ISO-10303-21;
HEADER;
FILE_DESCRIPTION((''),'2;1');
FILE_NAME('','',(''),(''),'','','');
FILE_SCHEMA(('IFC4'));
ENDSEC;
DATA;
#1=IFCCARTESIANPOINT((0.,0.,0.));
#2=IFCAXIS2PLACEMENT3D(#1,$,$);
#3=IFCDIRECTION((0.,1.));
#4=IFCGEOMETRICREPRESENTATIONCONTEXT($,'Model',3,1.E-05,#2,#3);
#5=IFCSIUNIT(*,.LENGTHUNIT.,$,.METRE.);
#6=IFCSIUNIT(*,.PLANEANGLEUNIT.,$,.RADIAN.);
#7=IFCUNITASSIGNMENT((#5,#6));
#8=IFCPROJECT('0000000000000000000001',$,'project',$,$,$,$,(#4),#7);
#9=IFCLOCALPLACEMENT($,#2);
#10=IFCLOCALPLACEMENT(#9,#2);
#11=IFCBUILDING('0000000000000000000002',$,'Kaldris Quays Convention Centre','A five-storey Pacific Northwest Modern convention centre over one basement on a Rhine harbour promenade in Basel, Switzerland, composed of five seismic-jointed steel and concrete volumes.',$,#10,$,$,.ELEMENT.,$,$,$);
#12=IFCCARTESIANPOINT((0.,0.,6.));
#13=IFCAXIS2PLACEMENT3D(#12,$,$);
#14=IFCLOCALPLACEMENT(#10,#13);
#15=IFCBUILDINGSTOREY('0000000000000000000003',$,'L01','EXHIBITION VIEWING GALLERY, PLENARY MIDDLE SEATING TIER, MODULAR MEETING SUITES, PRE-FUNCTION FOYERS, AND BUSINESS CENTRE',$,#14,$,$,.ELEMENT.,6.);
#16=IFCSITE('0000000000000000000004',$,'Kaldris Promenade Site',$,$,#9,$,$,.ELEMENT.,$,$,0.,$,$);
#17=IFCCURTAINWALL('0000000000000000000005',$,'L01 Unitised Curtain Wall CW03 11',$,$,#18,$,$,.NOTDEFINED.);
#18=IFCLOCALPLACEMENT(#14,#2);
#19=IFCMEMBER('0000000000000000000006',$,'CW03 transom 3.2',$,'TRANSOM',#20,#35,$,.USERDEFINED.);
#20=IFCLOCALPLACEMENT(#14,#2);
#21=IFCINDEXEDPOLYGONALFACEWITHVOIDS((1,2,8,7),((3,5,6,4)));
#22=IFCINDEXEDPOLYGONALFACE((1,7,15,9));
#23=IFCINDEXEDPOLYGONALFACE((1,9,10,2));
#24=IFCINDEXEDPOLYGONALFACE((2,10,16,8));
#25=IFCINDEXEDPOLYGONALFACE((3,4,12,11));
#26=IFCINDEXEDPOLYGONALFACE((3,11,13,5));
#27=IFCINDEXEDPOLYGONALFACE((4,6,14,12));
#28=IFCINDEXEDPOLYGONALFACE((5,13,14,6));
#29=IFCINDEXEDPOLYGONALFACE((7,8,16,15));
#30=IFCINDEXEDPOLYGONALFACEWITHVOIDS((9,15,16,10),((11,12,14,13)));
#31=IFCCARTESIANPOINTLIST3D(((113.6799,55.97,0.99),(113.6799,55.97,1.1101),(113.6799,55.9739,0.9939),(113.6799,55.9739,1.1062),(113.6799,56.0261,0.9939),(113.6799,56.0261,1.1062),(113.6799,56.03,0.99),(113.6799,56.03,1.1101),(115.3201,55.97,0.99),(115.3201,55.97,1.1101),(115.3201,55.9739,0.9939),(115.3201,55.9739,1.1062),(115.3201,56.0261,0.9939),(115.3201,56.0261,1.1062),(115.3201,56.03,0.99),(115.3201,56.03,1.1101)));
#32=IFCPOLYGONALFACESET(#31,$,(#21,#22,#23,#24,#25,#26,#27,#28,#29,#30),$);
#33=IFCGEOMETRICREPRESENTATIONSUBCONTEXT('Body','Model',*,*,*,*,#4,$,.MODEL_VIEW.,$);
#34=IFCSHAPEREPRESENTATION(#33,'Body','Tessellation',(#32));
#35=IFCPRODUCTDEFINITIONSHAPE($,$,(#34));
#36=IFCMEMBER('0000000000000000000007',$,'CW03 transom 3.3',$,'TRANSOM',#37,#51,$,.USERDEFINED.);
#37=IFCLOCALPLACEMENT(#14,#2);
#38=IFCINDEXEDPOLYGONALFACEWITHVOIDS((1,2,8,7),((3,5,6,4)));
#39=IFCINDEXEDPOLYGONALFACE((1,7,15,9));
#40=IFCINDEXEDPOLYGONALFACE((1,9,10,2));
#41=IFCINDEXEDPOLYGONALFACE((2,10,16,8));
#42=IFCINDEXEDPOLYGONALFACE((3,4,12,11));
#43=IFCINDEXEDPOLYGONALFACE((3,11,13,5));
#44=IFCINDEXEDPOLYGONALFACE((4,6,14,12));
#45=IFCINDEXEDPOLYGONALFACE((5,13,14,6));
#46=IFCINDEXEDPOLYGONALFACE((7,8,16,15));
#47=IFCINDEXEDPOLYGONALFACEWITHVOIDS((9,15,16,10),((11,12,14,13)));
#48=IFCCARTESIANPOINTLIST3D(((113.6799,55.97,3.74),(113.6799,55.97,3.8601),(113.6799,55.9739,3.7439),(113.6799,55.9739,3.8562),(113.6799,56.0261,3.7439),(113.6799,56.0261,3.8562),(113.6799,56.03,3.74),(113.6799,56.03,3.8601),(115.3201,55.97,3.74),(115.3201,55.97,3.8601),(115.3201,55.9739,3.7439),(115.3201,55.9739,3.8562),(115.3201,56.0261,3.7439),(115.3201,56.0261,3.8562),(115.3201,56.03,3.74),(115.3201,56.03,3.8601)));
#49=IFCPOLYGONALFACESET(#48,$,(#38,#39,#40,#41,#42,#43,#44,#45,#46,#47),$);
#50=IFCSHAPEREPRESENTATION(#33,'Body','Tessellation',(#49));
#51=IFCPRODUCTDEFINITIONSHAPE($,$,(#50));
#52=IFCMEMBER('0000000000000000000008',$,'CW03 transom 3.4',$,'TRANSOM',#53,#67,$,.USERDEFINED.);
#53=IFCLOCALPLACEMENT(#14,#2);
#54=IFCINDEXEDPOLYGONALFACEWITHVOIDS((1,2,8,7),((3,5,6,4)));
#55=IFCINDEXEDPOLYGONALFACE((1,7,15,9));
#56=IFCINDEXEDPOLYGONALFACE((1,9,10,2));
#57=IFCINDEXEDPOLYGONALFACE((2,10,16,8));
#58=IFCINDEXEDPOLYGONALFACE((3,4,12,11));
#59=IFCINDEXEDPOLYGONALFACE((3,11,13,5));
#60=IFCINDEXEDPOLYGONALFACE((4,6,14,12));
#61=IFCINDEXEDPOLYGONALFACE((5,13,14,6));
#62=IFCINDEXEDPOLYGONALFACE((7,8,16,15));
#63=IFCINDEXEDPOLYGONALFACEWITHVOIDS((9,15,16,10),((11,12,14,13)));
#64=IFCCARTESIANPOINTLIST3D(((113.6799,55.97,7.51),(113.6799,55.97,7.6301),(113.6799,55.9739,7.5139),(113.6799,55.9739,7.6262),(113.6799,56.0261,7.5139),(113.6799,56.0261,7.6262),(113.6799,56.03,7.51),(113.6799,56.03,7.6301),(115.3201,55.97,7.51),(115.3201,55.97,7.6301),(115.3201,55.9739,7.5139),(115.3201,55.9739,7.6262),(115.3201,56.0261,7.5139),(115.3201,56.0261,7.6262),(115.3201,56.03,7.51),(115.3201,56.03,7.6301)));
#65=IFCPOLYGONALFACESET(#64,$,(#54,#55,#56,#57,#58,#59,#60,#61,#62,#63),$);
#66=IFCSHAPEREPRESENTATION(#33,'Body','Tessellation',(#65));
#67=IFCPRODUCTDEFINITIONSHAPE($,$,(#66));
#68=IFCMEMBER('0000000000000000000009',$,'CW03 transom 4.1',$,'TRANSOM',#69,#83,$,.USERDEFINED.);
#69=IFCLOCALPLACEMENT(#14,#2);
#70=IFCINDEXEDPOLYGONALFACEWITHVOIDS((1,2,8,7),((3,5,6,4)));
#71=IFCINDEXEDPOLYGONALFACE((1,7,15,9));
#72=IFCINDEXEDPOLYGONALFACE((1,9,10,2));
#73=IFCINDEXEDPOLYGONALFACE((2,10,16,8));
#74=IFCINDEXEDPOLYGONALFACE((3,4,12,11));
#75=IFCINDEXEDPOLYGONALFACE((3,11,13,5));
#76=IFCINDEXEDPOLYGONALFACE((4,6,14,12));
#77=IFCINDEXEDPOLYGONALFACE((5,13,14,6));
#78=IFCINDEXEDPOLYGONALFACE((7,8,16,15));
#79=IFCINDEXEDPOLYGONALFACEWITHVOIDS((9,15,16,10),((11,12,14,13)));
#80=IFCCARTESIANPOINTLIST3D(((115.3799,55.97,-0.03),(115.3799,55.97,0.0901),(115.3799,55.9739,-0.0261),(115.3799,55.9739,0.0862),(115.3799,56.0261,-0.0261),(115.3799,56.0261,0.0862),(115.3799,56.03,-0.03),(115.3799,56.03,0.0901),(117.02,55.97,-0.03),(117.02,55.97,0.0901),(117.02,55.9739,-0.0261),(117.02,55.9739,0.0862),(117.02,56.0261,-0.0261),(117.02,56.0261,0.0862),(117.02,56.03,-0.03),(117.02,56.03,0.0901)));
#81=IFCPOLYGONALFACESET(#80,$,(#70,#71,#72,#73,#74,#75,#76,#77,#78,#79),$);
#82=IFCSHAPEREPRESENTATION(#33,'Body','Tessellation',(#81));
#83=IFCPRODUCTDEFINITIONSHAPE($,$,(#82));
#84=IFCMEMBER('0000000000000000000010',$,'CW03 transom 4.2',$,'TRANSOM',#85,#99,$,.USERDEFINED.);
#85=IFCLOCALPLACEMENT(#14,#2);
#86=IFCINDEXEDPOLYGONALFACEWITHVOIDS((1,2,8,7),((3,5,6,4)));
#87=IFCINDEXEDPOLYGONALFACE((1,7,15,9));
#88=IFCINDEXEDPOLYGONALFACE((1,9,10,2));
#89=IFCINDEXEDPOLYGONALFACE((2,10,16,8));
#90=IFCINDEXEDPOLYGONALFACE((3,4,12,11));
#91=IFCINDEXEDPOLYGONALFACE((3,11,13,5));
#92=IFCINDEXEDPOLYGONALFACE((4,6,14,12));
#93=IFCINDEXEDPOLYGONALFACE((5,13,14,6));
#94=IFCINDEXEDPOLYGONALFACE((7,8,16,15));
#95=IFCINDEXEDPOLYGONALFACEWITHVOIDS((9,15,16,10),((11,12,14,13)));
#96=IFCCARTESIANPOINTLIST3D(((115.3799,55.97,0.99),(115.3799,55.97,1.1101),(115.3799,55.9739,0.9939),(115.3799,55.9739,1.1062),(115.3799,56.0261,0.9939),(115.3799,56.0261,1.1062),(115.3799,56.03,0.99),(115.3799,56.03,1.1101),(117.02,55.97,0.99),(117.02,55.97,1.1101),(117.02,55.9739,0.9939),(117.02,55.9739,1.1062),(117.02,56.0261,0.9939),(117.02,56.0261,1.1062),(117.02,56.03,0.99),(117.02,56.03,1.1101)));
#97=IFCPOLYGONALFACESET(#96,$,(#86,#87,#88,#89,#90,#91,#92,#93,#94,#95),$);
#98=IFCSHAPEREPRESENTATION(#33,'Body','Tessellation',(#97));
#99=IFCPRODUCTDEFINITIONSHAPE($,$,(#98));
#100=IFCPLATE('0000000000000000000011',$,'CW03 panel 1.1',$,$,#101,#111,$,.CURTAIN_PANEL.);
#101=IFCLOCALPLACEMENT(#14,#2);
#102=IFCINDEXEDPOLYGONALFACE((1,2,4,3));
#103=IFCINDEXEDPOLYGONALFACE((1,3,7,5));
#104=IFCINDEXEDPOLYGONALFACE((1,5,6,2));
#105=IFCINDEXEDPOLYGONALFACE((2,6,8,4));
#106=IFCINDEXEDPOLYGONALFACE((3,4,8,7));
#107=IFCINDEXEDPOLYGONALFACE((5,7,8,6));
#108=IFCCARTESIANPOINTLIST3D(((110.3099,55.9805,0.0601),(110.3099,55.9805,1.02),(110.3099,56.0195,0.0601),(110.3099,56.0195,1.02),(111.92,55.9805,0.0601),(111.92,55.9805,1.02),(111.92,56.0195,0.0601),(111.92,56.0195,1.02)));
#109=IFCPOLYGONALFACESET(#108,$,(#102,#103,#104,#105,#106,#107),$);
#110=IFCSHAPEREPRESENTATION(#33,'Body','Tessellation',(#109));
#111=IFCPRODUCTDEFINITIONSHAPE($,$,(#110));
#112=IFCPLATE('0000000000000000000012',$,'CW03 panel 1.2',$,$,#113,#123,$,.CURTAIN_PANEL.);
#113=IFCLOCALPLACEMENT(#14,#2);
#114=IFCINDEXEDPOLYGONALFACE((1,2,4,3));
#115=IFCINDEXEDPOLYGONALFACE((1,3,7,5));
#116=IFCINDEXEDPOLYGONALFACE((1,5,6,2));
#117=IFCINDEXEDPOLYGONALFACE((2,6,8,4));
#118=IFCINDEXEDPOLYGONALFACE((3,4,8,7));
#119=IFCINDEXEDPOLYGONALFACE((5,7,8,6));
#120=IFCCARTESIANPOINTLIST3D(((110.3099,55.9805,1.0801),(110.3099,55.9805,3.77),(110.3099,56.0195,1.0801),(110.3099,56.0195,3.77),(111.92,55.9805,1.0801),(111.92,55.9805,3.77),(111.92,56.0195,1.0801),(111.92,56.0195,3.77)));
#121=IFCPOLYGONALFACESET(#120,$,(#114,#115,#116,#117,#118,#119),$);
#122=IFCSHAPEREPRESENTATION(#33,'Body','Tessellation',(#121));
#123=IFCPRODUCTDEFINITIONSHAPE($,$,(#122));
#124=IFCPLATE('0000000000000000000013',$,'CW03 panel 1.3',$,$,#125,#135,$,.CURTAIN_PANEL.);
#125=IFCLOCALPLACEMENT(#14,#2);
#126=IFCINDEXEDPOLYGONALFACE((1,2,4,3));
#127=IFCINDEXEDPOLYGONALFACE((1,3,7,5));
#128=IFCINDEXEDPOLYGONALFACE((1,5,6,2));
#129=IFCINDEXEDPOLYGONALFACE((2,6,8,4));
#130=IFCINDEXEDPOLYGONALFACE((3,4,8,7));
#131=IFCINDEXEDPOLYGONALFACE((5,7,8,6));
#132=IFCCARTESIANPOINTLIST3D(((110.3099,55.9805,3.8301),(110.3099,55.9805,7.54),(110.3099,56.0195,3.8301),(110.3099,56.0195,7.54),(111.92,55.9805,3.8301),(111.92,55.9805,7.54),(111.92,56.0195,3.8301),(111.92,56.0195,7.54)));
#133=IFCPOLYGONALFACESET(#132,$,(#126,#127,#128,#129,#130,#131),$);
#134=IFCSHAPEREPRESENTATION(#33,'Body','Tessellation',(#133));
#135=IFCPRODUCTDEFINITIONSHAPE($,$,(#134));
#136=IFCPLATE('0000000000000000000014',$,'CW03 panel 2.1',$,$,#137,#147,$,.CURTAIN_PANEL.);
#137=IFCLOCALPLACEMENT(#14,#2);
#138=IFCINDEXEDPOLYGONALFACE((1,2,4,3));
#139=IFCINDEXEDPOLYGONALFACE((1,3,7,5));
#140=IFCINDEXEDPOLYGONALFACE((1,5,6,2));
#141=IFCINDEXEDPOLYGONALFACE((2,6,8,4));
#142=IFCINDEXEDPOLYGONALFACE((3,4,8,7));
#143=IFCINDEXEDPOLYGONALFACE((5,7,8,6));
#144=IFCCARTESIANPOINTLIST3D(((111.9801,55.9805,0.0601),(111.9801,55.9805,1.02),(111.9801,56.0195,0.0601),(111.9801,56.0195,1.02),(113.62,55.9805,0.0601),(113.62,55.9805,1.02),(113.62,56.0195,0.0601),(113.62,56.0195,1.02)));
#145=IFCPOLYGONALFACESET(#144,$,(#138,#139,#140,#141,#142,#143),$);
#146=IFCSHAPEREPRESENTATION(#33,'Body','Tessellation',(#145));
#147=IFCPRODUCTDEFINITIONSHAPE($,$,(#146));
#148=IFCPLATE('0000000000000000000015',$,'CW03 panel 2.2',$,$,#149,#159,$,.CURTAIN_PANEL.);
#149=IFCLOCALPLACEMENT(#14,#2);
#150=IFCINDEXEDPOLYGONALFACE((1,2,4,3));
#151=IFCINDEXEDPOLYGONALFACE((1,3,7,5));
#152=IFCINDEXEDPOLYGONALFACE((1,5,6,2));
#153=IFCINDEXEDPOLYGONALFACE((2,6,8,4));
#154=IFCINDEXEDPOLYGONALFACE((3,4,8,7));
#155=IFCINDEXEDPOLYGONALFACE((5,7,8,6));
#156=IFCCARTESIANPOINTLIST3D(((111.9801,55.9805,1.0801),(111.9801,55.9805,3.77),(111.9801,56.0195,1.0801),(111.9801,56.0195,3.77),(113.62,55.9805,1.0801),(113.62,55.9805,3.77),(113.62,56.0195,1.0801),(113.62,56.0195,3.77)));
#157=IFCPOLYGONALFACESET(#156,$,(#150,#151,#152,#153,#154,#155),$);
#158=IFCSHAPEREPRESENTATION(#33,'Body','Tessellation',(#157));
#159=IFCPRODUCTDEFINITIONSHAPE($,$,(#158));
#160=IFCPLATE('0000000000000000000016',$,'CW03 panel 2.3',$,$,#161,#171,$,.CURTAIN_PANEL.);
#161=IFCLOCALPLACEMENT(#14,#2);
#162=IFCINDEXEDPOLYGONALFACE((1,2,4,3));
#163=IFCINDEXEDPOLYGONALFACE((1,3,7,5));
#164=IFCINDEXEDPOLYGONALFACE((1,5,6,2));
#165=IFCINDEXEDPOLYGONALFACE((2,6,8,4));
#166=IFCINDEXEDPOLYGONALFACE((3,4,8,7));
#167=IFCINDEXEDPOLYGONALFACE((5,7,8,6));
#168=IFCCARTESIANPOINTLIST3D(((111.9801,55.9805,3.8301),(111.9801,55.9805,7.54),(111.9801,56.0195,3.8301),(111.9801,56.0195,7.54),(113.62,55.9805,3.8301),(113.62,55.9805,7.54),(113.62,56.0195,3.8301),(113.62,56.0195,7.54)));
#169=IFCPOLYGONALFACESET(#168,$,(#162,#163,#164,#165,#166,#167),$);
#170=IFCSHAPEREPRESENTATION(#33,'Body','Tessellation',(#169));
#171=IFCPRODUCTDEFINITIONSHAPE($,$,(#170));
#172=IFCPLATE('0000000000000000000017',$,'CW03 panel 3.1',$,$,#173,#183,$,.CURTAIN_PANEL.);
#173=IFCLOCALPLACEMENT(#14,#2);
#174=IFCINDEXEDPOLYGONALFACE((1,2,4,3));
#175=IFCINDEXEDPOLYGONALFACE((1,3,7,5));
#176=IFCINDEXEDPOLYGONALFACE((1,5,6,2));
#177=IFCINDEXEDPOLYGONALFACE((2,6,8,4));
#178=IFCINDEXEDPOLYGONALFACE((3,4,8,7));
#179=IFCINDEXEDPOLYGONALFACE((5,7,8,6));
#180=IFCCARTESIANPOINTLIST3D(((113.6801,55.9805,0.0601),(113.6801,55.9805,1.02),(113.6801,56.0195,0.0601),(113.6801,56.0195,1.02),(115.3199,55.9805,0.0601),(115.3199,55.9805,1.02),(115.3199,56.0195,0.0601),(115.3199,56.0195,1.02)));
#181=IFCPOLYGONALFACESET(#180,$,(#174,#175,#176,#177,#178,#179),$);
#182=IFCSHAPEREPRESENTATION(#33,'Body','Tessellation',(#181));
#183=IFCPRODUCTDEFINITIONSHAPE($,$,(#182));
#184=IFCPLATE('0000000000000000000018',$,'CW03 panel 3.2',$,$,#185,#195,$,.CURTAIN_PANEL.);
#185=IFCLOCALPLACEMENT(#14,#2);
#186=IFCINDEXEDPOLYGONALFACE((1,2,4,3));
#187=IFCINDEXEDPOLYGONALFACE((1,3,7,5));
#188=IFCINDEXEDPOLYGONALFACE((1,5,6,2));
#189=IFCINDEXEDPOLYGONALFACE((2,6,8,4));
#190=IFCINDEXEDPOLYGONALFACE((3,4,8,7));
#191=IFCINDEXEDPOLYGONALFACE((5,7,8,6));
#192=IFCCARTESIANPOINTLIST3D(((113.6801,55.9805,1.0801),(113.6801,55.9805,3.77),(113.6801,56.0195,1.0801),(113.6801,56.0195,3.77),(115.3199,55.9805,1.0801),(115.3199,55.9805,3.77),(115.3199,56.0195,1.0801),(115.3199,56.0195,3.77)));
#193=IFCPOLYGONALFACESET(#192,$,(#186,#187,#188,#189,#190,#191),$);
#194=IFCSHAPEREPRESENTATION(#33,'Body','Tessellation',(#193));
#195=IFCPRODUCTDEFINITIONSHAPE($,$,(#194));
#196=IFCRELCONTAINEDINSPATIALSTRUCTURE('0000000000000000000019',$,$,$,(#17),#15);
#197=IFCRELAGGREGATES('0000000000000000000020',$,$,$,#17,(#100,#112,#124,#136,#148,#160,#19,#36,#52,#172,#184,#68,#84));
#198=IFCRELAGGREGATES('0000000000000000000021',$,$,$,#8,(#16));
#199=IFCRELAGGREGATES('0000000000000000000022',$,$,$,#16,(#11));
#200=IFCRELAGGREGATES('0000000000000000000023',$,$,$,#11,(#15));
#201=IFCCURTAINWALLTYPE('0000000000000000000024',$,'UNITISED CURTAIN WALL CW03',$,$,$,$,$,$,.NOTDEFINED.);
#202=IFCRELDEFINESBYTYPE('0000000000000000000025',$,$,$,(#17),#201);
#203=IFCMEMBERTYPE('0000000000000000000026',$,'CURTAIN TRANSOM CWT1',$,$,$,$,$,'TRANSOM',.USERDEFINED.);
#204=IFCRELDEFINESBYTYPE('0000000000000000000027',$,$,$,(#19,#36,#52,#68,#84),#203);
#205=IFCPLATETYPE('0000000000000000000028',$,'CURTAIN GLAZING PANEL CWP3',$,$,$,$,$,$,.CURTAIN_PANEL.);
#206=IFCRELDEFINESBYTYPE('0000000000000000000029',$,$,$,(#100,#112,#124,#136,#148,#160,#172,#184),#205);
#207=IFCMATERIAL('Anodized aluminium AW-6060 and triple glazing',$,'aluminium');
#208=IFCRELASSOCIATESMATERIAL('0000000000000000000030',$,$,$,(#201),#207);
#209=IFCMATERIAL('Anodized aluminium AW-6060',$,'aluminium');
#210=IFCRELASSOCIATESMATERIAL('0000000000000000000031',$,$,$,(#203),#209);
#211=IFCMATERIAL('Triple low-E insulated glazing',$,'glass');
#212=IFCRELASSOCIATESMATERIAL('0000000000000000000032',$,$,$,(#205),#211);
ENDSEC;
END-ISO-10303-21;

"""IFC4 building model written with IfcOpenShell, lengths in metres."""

from ifc_helpers import new_model, si_unit, direction, frame, origin, origin_2d, place, context, subcontext, project, spatial, rectangle, hollow_rectangle, extrude, material, material_profile, profile_set, type_object, element, aggregate, save


model = new_model("IFC4")

# Units and contexts
model_context = context("Model", 3, precision=1e-05, world=origin(), true_north=direction((0.0, 1.0)))
body_context = subcontext(model_context, "Body", "Model", "MODEL_VIEW")
ifc_project = project(units=[si_unit("LENGTHUNIT", "METRE"), si_unit("PLANEANGLEUNIT", "RADIAN")], contexts=[model_context])

# Site, building, storey
site_placement = place(None, origin())
site = spatial("IfcSite", under=ifc_project, at=site_placement, Name="Kaldris Promenade Site", CompositionType="ELEMENT", RefElevation=0.0)
building_placement = place(site_placement, origin())
building = spatial("IfcBuilding", under=site, at=building_placement, Name="Kaldris Quays Convention Centre", Description="A five-storey Pacific Northwest Modern convention centre over one basement on a Rhine harbour promenade in Basel, Switzerland, composed of five seismic-jointed steel and concrete volumes.", CompositionType="ELEMENT")
storey_placement = place(building_placement, frame((0.0, 0.0, 6.0)))
storey = spatial("IfcBuildingStorey", under=building, at=storey_placement, Name="L01", Description="EXHIBITION VIEWING GALLERY, PLENARY MIDDLE SEATING TIER, MODULAR MEETING SUITES, PRE-FUNCTION FOYERS, AND BUSINESS CENTRE", CompositionType="ELEMENT", Elevation=6.0)

# Curtain wall, members, plates
ifc_material_1 = material(Name="Anodized aluminium AW-6060 and triple glazing", Category="aluminium")
curtain_wall_type = type_object("IfcCurtainWallType", Name="UNITISED CURTAIN WALL CW03", PredefinedType="NOTDEFINED", material=ifc_material_1)
curtain_wall_placement = place(storey_placement, origin())
curtain_wall = element("IfcCurtainWall", 1, at=curtain_wall_placement, inside=storey, type_object=curtain_wall_type, Name="L01 Unitised Curtain Wall CW03 11", PredefinedType="NOTDEFINED")
ifc_material_2 = material(Name="Anodized aluminium AW-6060", Category="aluminium")
ifc_material_profile_1 = material_profile(ifc_material_2, hollow_rectangle(XDim=0.0601, YDim=0.1201, WallThickness=0.0039, at=origin_2d()), Name="RHS 120x60x4")
ifc_profile_set_1 = profile_set([ifc_material_profile_1], Name="Anodized aluminium AW-6060")
member_type_1 = type_object("IfcMemberType", Name="CURTAIN TRANSOM CWT1", ElementType="TRANSOM", PredefinedType="USERDEFINED", material=ifc_profile_set_1)
member_1_placement = place(storey_placement, frame((113.6799, 56.0, 1.05), z_axis=(1.0, 0.0, 0.0), x_axis=(0.0, 1.0, 0.0)))
member_1 = element("IfcMember", 2, at=member_1_placement, type_object=member_type_1, Name="CW03 transom 3.2", ObjectType="TRANSOM", PredefinedType="USERDEFINED", context=body_context, shape_type="SweptSolid", body=[
    extrude(hollow_rectangle(XDim=0.0601, YDim=0.1201, WallThickness=0.0039, at=origin_2d()), origin(), (0.0, 0.0, 1.0), 1.6401),
])
member_2_placement = place(storey_placement, frame((113.6799, 56.0, 3.8), z_axis=(1.0, 0.0, 0.0), x_axis=(0.0, 1.0, 0.0)))
member_2 = element("IfcMember", 3, at=member_2_placement, type_object=member_type_1, Name="CW03 transom 3.3", ObjectType="TRANSOM", PredefinedType="USERDEFINED", context=body_context, shape_type="SweptSolid", body=[
    extrude(hollow_rectangle(XDim=0.0601, YDim=0.1201, WallThickness=0.0039, at=origin_2d()), origin(), (0.0, 0.0, 1.0), 1.6401),
])
member_3_placement = place(storey_placement, frame((113.6799, 56.0, 7.5701), z_axis=(1.0, 0.0, 0.0), x_axis=(0.0, 1.0, 0.0)))
member_3 = element("IfcMember", 4, at=member_3_placement, type_object=member_type_1, Name="CW03 transom 3.4", ObjectType="TRANSOM", PredefinedType="USERDEFINED", context=body_context, shape_type="SweptSolid", body=[
    extrude(hollow_rectangle(XDim=0.0601, YDim=0.1201, WallThickness=0.0039, at=origin_2d()), origin(), (0.0, 0.0, 1.0), 1.6401),
])
member_4_placement = place(storey_placement, frame((115.3799, 56.0, 0.03), z_axis=(1.0, 0.0, 0.0), x_axis=(0.0, 1.0, 0.0)))
member_4 = element("IfcMember", 5, at=member_4_placement, type_object=member_type_1, Name="CW03 transom 4.1", ObjectType="TRANSOM", PredefinedType="USERDEFINED", context=body_context, shape_type="SweptSolid", body=[
    extrude(hollow_rectangle(XDim=0.0601, YDim=0.1201, WallThickness=0.0039, at=origin_2d()), origin(), (0.0, 0.0, 1.0), 1.6401),
])
member_5_placement = place(storey_placement, frame((115.3799, 56.0, 1.05), z_axis=(1.0, 0.0, 0.0), x_axis=(0.0, 1.0, 0.0)))
member_5 = element("IfcMember", 6, at=member_5_placement, type_object=member_type_1, Name="CW03 transom 4.2", ObjectType="TRANSOM", PredefinedType="USERDEFINED", context=body_context, shape_type="SweptSolid", body=[
    extrude(hollow_rectangle(XDim=0.0601, YDim=0.1201, WallThickness=0.0039, at=origin_2d()), origin(), (0.0, 0.0, 1.0), 1.6401),
])
ifc_material_3 = material(Name="Triple low-E insulated glazing", Category="glass")
plate_type = type_object("IfcPlateType", Name="CURTAIN GLAZING PANEL CWP3", PredefinedType="CURTAIN_PANEL", material=ifc_material_3)
plate_1_placement = place(storey_placement, frame((111.115, 56.0, 0.0601), z_axis=(0.0, 0.0, 1.0), x_axis=(1.0, 0.0, 0.0)))
plate_1 = element("IfcPlate", 7, at=plate_1_placement, type_object=plate_type, Name="CW03 panel 1.1", PredefinedType="CURTAIN_PANEL", context=body_context, shape_type="SweptSolid", body=[
    extrude(rectangle(XDim=1.6101, YDim=0.0391, at=origin_2d()), origin(), (0.0, 0.0, 1.0), 0.96),
])
plate_2_placement = place(storey_placement, frame((111.115, 56.0, 1.0801), z_axis=(0.0, 0.0, 1.0), x_axis=(1.0, 0.0, 0.0)))
plate_2 = element("IfcPlate", 8, at=plate_2_placement, type_object=plate_type, Name="CW03 panel 1.2", PredefinedType="CURTAIN_PANEL", context=body_context, shape_type="SweptSolid", body=[
    extrude(rectangle(XDim=1.6101, YDim=0.0391, at=origin_2d()), origin(), (0.0, 0.0, 1.0), 2.6899),
])
plate_3_placement = place(storey_placement, frame((111.115, 56.0, 3.8301), z_axis=(0.0, 0.0, 1.0), x_axis=(1.0, 0.0, 0.0)))
plate_3 = element("IfcPlate", 9, at=plate_3_placement, type_object=plate_type, Name="CW03 panel 1.3", PredefinedType="CURTAIN_PANEL", context=body_context, shape_type="SweptSolid", body=[
    extrude(rectangle(XDim=1.6101, YDim=0.0391, at=origin_2d()), origin(), (0.0, 0.0, 1.0), 3.71),
])
plate_4_placement = place(storey_placement, frame((112.8, 56.0, 0.0601), z_axis=(0.0, 0.0, 1.0), x_axis=(1.0, 0.0, 0.0)))
plate_4 = element("IfcPlate", 10, at=plate_4_placement, type_object=plate_type, Name="CW03 panel 2.1", PredefinedType="CURTAIN_PANEL", context=body_context, shape_type="SweptSolid", body=[
    extrude(rectangle(XDim=1.6399, YDim=0.0391, at=origin_2d()), origin(), (0.0, 0.0, 1.0), 0.96),
])
plate_5_placement = place(storey_placement, frame((112.8, 56.0, 1.0801), z_axis=(0.0, 0.0, 1.0), x_axis=(1.0, 0.0, 0.0)))
plate_5 = element("IfcPlate", 11, at=plate_5_placement, type_object=plate_type, Name="CW03 panel 2.2", PredefinedType="CURTAIN_PANEL", context=body_context, shape_type="SweptSolid", body=[
    extrude(rectangle(XDim=1.6399, YDim=0.0391, at=origin_2d()), origin(), (0.0, 0.0, 1.0), 2.6899),
])
plate_6_placement = place(storey_placement, frame((112.8, 56.0, 3.8301), z_axis=(0.0, 0.0, 1.0), x_axis=(1.0, 0.0, 0.0)))
plate_6 = element("IfcPlate", 12, at=plate_6_placement, type_object=plate_type, Name="CW03 panel 2.3", PredefinedType="CURTAIN_PANEL", context=body_context, shape_type="SweptSolid", body=[
    extrude(rectangle(XDim=1.6399, YDim=0.0391, at=origin_2d()), origin(), (0.0, 0.0, 1.0), 3.71),
])
plate_7_placement = place(storey_placement, frame((114.5, 56.0, 0.0601), z_axis=(0.0, 0.0, 1.0), x_axis=(1.0, 0.0, 0.0)))
plate_7 = element("IfcPlate", 13, at=plate_7_placement, type_object=plate_type, Name="CW03 panel 3.1", PredefinedType="CURTAIN_PANEL", context=body_context, shape_type="SweptSolid", body=[
    extrude(rectangle(XDim=1.6399, YDim=0.0391, at=origin_2d()), origin(), (0.0, 0.0, 1.0), 0.96),
])
plate_8_placement = place(storey_placement, frame((114.5, 56.0, 1.0801), z_axis=(0.0, 0.0, 1.0), x_axis=(1.0, 0.0, 0.0)))
plate_8 = element("IfcPlate", 14, at=plate_8_placement, type_object=plate_type, Name="CW03 panel 3.2", PredefinedType="CURTAIN_PANEL", context=body_context, shape_type="SweptSolid", body=[
    extrude(rectangle(XDim=1.6399, YDim=0.0391, at=origin_2d()), origin(), (0.0, 0.0, 1.0), 2.6899),
])
aggregate(curtain_wall, [plate_1, plate_2, plate_3, plate_4, plate_5, plate_6, member_1, member_2, member_3, plate_7, plate_8, member_4, member_5])

save(model, "model.ifc")
